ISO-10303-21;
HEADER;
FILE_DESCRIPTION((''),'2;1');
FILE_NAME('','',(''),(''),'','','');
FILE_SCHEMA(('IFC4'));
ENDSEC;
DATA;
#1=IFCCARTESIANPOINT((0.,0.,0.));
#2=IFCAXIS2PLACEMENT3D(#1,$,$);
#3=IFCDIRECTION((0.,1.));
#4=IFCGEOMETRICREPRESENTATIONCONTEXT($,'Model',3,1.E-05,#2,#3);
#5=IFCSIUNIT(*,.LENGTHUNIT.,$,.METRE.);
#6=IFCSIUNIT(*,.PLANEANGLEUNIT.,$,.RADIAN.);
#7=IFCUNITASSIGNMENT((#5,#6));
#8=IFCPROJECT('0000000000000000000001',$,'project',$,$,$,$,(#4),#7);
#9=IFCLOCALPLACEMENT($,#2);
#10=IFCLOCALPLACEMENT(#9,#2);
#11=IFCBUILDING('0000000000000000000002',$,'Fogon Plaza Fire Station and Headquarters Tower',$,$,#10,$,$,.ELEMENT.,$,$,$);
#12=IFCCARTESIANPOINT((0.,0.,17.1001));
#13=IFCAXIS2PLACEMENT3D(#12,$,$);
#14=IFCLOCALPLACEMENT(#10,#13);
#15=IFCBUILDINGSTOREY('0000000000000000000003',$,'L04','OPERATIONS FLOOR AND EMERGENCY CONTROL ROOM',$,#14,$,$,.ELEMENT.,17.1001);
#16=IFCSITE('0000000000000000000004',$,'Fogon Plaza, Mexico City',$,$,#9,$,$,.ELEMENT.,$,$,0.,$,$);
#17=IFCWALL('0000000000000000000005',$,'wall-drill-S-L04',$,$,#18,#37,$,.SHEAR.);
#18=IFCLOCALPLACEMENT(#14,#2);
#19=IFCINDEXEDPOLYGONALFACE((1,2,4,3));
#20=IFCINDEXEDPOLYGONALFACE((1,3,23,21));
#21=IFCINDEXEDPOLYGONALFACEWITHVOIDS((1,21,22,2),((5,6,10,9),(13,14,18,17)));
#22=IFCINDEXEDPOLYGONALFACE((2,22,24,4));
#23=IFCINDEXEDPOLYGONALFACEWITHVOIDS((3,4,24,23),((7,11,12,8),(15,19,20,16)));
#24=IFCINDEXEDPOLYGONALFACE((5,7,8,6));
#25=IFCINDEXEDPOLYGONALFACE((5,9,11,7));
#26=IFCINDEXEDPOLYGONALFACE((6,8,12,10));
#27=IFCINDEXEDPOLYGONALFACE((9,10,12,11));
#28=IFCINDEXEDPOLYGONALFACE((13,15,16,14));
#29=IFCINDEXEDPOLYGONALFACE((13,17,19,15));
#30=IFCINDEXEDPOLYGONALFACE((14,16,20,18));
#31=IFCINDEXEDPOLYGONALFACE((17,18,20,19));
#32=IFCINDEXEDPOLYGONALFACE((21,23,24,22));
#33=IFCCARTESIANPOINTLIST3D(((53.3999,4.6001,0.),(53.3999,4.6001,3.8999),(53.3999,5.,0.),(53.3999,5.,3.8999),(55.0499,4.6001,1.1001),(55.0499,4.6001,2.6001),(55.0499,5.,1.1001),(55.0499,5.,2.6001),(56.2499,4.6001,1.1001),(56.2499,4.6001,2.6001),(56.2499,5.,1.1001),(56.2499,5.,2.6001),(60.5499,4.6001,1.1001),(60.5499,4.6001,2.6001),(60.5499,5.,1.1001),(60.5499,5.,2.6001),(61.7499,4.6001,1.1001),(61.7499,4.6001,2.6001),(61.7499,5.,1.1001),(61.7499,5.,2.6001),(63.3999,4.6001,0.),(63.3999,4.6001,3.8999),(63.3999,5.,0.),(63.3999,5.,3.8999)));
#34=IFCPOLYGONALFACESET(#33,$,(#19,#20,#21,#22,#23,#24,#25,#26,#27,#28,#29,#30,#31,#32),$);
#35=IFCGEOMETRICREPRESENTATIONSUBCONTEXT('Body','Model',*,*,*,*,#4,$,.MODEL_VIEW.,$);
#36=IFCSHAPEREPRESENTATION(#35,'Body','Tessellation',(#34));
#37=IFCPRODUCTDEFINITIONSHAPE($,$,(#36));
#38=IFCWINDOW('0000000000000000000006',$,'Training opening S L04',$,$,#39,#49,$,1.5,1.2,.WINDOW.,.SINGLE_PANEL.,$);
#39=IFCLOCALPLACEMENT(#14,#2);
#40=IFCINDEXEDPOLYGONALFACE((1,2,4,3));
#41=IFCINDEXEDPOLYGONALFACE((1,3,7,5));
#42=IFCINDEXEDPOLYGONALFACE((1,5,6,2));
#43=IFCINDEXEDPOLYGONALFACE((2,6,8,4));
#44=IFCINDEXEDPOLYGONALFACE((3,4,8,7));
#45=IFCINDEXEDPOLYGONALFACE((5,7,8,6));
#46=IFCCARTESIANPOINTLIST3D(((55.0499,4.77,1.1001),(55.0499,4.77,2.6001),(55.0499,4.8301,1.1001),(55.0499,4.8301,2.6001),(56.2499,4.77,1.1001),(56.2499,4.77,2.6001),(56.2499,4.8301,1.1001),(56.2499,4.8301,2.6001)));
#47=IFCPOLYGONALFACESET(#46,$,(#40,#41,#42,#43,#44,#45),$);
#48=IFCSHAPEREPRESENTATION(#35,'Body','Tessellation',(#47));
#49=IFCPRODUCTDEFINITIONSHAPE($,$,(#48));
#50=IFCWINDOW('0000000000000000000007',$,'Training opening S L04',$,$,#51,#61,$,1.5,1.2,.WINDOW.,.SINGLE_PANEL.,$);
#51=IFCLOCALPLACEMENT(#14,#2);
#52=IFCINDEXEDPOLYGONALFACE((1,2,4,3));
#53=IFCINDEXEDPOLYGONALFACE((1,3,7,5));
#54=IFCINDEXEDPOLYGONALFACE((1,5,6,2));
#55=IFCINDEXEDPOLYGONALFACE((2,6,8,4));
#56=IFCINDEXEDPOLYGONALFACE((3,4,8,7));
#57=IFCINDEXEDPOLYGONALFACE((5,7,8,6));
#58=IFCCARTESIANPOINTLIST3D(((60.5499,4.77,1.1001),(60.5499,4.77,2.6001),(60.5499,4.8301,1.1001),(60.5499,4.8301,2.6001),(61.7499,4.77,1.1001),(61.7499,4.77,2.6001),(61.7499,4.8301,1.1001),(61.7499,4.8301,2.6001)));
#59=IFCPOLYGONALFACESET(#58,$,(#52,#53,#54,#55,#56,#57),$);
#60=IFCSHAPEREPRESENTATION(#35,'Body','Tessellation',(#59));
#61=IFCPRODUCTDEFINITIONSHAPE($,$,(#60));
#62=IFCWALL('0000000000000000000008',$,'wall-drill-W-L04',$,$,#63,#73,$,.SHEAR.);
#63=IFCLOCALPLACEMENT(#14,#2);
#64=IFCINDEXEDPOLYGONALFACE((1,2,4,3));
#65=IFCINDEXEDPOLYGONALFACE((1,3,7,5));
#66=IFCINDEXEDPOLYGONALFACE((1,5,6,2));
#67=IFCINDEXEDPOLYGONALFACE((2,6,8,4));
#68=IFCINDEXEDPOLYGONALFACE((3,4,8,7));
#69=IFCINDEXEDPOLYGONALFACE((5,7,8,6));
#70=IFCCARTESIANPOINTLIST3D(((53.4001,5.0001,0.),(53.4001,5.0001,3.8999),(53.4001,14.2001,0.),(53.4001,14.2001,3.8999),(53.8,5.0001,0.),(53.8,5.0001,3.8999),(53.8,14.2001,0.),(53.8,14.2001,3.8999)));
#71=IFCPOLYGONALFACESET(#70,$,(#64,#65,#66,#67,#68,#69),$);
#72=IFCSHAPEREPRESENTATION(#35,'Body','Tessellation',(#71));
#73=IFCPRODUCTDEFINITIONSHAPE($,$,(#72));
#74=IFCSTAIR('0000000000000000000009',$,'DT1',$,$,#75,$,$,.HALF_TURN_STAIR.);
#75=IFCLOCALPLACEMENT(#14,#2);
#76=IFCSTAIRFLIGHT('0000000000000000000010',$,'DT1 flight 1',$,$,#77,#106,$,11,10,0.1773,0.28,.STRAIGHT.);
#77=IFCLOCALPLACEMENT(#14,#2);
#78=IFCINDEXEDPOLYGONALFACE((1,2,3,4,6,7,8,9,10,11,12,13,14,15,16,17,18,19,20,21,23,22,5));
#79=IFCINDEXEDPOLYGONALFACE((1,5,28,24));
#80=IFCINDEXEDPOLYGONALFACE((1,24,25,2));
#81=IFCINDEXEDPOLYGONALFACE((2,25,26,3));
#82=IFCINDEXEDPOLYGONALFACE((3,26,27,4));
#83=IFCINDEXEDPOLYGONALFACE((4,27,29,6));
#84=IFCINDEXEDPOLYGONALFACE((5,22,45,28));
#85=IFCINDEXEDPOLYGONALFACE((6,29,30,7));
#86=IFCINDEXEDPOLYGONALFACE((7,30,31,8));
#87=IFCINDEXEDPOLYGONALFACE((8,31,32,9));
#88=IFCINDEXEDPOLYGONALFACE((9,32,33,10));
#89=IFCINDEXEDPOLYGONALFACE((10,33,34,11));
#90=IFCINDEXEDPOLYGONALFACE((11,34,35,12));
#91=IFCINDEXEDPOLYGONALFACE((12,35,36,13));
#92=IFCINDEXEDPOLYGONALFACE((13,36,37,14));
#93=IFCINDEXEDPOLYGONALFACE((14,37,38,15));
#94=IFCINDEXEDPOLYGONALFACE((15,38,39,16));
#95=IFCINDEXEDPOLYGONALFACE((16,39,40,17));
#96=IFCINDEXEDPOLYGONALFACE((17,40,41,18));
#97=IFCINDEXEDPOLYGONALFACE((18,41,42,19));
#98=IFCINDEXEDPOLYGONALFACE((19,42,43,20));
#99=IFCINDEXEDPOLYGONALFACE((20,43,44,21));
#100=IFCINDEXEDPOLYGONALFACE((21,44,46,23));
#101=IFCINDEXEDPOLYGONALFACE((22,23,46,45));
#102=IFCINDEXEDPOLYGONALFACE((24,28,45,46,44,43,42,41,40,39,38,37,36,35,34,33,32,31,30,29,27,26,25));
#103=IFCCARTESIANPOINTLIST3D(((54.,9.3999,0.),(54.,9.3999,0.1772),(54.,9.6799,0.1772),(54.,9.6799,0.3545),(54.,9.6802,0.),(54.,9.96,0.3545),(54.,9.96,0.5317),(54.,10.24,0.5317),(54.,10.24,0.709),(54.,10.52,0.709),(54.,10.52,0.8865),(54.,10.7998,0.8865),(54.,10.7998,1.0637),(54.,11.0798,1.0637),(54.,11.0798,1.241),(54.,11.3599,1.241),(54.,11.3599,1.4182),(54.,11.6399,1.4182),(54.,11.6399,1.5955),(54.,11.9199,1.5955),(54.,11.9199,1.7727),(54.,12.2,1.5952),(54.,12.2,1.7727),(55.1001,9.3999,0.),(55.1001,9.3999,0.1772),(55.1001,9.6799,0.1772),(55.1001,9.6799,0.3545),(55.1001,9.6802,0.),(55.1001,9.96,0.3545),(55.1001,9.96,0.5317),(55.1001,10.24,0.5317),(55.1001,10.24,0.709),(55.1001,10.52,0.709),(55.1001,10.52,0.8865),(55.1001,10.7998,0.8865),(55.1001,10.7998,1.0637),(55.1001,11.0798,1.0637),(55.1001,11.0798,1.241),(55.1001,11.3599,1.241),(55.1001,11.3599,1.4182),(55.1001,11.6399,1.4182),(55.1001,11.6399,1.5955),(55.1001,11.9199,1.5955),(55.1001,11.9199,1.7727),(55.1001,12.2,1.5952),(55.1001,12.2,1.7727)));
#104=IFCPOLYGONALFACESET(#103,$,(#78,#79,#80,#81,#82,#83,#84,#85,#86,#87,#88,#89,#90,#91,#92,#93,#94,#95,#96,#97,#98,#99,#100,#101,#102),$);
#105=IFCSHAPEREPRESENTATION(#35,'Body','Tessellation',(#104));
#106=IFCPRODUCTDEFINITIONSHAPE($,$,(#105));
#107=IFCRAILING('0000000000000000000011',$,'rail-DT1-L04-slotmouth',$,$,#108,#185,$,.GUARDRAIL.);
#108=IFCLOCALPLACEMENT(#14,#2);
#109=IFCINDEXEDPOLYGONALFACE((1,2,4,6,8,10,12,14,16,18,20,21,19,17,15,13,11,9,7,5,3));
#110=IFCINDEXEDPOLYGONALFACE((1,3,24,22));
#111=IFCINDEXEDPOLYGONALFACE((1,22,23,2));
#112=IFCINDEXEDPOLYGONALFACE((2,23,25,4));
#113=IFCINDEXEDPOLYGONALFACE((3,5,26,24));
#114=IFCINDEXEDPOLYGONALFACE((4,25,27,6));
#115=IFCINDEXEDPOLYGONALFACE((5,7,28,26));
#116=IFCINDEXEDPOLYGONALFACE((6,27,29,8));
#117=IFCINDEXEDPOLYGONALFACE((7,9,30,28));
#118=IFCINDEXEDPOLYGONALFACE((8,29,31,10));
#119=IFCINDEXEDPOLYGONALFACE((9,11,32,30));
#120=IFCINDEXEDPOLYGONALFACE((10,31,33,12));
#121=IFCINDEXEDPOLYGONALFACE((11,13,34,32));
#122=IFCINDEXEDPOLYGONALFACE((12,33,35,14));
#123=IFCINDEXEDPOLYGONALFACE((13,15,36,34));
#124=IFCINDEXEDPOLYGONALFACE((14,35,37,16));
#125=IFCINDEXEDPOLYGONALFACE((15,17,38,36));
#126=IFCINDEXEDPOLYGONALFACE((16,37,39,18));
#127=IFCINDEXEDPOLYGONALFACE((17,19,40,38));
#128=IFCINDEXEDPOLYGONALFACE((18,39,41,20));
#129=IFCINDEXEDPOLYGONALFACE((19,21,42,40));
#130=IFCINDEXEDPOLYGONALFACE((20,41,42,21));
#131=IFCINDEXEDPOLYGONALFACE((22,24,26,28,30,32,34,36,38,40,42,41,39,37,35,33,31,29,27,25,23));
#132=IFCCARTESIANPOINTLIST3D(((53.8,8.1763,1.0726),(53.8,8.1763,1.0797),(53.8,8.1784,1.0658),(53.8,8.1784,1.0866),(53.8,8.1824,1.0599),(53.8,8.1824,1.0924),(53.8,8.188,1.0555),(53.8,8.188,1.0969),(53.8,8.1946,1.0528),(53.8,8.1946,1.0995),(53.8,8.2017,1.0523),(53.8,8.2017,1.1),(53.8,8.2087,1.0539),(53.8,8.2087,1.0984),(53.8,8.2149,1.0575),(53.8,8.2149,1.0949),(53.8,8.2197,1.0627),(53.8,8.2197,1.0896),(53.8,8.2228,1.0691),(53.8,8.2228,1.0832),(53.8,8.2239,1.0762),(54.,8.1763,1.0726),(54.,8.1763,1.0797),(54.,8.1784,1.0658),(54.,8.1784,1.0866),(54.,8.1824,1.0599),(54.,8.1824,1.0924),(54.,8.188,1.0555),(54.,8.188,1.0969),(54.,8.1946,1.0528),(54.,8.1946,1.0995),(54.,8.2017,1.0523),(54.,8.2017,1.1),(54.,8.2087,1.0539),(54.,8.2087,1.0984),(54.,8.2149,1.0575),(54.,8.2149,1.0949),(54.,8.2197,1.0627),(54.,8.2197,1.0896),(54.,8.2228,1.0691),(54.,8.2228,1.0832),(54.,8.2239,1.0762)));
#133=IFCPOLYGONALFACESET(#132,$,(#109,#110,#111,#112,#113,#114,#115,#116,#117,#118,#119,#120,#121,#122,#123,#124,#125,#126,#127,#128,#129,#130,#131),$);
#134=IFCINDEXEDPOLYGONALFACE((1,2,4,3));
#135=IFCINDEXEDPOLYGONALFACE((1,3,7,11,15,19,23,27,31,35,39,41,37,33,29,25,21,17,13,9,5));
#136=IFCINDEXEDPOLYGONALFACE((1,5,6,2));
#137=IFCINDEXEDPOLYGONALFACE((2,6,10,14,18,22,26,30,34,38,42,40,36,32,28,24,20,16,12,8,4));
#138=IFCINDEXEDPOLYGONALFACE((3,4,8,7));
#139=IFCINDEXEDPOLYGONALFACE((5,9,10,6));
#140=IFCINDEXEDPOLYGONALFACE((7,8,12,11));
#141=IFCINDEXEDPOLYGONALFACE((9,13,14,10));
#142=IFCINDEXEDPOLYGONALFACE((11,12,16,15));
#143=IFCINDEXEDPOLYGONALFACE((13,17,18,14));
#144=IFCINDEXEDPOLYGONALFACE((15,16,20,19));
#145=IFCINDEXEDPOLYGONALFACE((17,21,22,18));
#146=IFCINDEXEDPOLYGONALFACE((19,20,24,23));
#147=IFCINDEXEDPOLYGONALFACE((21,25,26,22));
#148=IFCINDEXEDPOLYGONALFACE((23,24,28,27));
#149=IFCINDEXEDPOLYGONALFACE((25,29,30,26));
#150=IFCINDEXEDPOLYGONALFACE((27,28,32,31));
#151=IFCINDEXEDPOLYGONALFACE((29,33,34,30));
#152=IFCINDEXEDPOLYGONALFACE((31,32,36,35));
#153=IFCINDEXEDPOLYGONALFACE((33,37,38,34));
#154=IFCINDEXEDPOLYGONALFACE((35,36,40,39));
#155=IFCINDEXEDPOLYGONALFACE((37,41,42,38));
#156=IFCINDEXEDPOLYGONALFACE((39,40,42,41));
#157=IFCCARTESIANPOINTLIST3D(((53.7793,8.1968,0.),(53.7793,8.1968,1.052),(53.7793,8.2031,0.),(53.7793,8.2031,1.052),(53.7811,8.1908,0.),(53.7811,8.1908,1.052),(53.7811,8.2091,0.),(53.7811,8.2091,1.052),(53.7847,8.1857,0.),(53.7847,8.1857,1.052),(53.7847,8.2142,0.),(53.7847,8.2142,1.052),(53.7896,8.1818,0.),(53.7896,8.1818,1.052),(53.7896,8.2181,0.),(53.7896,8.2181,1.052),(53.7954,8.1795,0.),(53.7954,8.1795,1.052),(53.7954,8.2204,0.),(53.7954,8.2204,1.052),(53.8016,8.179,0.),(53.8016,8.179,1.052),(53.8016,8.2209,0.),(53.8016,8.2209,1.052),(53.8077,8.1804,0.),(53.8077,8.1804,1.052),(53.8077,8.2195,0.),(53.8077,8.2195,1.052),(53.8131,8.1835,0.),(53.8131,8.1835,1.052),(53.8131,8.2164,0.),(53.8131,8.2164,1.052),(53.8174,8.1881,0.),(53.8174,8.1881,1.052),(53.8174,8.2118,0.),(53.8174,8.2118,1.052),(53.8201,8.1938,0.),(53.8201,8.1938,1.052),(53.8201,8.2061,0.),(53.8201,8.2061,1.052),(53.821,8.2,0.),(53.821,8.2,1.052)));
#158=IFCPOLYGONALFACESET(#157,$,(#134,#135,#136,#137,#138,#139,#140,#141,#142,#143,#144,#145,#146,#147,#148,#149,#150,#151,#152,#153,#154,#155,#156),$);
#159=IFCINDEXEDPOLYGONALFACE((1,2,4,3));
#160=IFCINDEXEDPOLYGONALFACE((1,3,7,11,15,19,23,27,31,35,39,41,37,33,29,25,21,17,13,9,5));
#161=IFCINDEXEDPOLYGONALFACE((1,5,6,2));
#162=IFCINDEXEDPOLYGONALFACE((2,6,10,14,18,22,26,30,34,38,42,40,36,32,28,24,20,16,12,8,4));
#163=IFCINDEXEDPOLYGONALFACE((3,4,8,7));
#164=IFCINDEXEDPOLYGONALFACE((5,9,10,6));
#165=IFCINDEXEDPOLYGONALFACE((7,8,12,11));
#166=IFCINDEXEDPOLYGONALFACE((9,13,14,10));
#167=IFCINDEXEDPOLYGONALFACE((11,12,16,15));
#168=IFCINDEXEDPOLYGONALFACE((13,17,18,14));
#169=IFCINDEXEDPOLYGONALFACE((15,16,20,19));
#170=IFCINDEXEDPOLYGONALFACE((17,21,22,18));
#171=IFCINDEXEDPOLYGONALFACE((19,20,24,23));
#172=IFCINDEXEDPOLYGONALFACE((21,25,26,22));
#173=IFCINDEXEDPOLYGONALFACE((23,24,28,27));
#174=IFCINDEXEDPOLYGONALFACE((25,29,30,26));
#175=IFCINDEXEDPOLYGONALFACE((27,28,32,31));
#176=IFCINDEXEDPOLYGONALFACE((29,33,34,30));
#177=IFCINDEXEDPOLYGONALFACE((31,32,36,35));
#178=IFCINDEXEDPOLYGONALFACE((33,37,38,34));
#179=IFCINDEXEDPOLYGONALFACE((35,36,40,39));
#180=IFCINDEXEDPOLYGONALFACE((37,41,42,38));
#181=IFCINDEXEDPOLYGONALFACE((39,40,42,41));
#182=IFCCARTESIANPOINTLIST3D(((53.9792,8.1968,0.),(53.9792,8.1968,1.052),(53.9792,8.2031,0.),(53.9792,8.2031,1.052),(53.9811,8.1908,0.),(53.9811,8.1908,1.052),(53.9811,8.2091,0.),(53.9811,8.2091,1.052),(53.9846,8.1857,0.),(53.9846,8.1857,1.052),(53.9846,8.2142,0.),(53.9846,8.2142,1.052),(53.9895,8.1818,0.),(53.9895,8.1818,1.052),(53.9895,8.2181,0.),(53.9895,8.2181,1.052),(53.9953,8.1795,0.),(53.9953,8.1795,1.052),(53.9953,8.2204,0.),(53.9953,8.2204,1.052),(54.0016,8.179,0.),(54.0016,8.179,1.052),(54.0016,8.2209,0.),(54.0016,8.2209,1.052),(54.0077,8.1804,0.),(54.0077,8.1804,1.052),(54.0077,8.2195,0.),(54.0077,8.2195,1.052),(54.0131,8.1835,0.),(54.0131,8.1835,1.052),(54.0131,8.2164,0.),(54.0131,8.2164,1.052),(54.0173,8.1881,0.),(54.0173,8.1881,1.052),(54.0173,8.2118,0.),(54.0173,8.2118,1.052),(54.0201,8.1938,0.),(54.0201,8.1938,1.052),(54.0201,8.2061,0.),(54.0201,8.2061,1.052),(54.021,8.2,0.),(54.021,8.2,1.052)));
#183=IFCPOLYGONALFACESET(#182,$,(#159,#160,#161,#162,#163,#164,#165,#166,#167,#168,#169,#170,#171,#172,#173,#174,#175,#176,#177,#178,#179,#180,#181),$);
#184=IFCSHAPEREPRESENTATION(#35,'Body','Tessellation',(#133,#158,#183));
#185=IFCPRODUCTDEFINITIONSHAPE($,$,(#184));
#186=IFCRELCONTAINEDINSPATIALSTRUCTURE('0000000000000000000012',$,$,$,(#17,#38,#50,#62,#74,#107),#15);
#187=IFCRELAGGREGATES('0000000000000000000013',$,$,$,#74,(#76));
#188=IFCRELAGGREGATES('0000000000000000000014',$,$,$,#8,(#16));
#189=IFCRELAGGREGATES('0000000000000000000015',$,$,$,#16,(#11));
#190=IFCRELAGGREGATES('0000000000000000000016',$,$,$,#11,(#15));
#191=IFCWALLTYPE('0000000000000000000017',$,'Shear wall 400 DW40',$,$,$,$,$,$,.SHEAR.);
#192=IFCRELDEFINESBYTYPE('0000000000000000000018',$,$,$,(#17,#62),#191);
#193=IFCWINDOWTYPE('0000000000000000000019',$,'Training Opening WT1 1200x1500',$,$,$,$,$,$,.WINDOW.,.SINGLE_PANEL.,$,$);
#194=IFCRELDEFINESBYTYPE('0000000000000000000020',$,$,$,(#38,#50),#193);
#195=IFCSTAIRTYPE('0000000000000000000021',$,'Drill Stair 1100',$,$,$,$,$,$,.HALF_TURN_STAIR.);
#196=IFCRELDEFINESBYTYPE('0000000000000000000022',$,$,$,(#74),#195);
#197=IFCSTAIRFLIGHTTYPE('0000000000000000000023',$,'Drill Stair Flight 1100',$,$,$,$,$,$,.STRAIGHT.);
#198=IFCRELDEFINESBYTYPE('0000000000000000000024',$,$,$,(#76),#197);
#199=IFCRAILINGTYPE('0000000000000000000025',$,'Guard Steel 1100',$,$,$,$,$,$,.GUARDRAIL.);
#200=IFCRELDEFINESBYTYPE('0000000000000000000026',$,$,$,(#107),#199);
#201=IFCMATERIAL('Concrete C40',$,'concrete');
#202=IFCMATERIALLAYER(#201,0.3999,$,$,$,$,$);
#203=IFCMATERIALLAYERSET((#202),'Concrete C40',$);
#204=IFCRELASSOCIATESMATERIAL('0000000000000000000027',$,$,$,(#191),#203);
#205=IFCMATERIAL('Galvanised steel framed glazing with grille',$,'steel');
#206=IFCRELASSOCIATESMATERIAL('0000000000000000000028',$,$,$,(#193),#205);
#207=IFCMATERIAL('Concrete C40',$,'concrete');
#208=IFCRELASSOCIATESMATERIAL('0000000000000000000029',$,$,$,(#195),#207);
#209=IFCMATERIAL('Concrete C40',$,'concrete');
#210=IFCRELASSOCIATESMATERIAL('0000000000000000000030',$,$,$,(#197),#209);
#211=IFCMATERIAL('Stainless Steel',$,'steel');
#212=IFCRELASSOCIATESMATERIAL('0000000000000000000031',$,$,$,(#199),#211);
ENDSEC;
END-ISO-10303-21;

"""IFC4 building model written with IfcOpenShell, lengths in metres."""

from ifc_helpers import new_model, si_unit, direction, frame, frame_2d, origin, origin_2d, place, context, subcontext, project, spatial, polyline, rectangle, circle, outline, extrude, material, layer, layer_set, type_object, element, fill, aggregate, save


model = new_model("IFC4")

# Units and contexts
model_context = context("Model", 3, precision=1e-05, world=origin(), true_north=direction((0.0, 1.0)))
body_context = subcontext(model_context, "Body", "Model", "MODEL_VIEW")
ifc_project = project(units=[si_unit("LENGTHUNIT", "METRE"), si_unit("PLANEANGLEUNIT", "RADIAN")], contexts=[model_context])

# Site, building, storey
site_placement = place(None, origin())
site = spatial("IfcSite", under=ifc_project, at=site_placement, Name="Fogon Plaza, Mexico City", CompositionType="ELEMENT", RefElevation=0.0)
building_placement = place(site_placement, origin())
building = spatial("IfcBuilding", under=site, at=building_placement, Name="Fogon Plaza Fire Station and Headquarters Tower", CompositionType="ELEMENT")
storey_placement = place(building_placement, frame((0.0, 0.0, 17.1001)))
storey = spatial("IfcBuildingStorey", under=building, at=storey_placement, Name="L04", Description="OPERATIONS FLOOR AND EMERGENCY CONTROL ROOM", CompositionType="ELEMENT", Elevation=17.1001)

# Shared definitions
ifc_material_1 = material(Name="Concrete C40", Category="concrete")
ifc_layer_1 = layer(ifc_material_1, 0.3999)
ifc_layer_set_1 = layer_set([ifc_layer_1], Name="Concrete C40")
wall_type = type_object("IfcWallType", Name="Shear wall 400 DW40", PredefinedType="SHEAR", material=ifc_layer_set_1)
ifc_material_2 = material(Name="Galvanised steel framed glazing with grille", Category="steel")
window_type = type_object("IfcWindowType", Name="Training Opening WT1 1200x1500", PartitioningType="SINGLE_PANEL", PredefinedType="WINDOW", material=ifc_material_2)

# Wall, openings, windows
wall_1_placement = place(storey_placement, frame((53.3999, 4.8, 0.0), z_axis=(0.0, 0.0, 1.0), x_axis=(1.0, 0.0, 0.0)))
wall_1 = element("IfcWall", 1, at=wall_1_placement, inside=storey, type_object=wall_type, Name="wall-drill-S-L04", PredefinedType="SHEAR", context=body_context, shape_type="SweptSolid", body=[
    extrude(rectangle(XDim=10.0, YDim=0.3999, at=frame_2d((5.0, 0.0))), origin(), (0.0, 0.0, 1.0), 3.8999),
])
opening_1_placement = place(wall_1_placement, frame((1.6499, 0.0, 1.1001)))
opening_1 = element("IfcOpeningElement", 2, at=opening_1_placement, cuts=wall_1, PredefinedType="OPENING", context=body_context, shape_type="SweptSolid", body=[
    extrude(rectangle(XDim=1.2, YDim=1.5, at=frame_2d((0.6001, 0.75))), frame((0.0, 0.21, 0.0), z_axis=(0.0, -1.0, 0.0), x_axis=(1.0, 0.0, 0.0)), (0.0, 0.0, 1.0), 0.4199),
])
opening_2_placement = place(wall_1_placement, frame((7.1499, 0.0, 1.1001)))
opening_2 = element("IfcOpeningElement", 3, at=opening_2_placement, cuts=wall_1, PredefinedType="OPENING", context=body_context, shape_type="SweptSolid", body=[
    extrude(rectangle(XDim=1.2, YDim=1.5, at=frame_2d((0.6001, 0.75))), frame((0.0, 0.21, 0.0), z_axis=(0.0, -1.0, 0.0), x_axis=(1.0, 0.0, 0.0)), (0.0, 0.0, 1.0), 0.4199),
])
window_1_placement = place(opening_1_placement, origin())
window_1 = element("IfcWindow", 4, at=window_1_placement, inside=storey, type_object=window_type, Name="Training opening S L04", OverallHeight=1.5, OverallWidth=1.2, PartitioningType="SINGLE_PANEL", PredefinedType="WINDOW", context=body_context, shape_type="SweptSolid", body=[
    extrude(rectangle(XDim=1.2, YDim=1.5, at=frame_2d((0.6001, 0.75))), frame((0.0, 0.03, 0.0), z_axis=(0.0, -1.0, 0.0), x_axis=(1.0, 0.0, 0.0)), (0.0, 0.0, 1.0), 0.0601),
])
fill(opening_1, window_1)
window_2_placement = place(opening_2_placement, origin())
window_2 = element("IfcWindow", 5, at=window_2_placement, inside=storey, type_object=window_type, Name="Training opening S L04", OverallHeight=1.5, OverallWidth=1.2, PartitioningType="SINGLE_PANEL", PredefinedType="WINDOW", context=body_context, shape_type="SweptSolid", body=[
    extrude(rectangle(XDim=1.2, YDim=1.5, at=frame_2d((0.6001, 0.75))), frame((0.0, 0.03, 0.0), z_axis=(0.0, -1.0, 0.0), x_axis=(1.0, 0.0, 0.0)), (0.0, 0.0, 1.0), 0.0601),
])
fill(opening_2, window_2)

# Wall
wall_2_placement = place(storey_placement, frame((53.6001, 5.0, 0.0), z_axis=(0.0, 0.0, 1.0), x_axis=(0.0, 1.0, 0.0)))
element("IfcWall", 6, at=wall_2_placement, inside=storey, type_object=wall_type, Name="wall-drill-W-L04", PredefinedType="SHEAR", context=body_context, shape_type="SweptSolid", body=[
    extrude(rectangle(XDim=9.2, YDim=0.3999, at=frame_2d((4.6001, 0.0))), origin(), (0.0, 0.0, 1.0), 3.8999),
])

# Stair, stair flight
ifc_material_3 = material(Name="Concrete C40", Category="concrete")
stair_type = type_object("IfcStairType", Name="Drill Stair 1100", PredefinedType="HALF_TURN_STAIR", material=ifc_material_3)
stair_placement = place(storey_placement, origin())
stair = element("IfcStair", 7, at=stair_placement, inside=storey, type_object=stair_type, Name="DT1", PredefinedType="HALF_TURN_STAIR")
ifc_material_4 = material(Name="Concrete C40", Category="concrete")
stair_flight_type = type_object("IfcStairFlightType", Name="Drill Stair Flight 1100", PredefinedType="STRAIGHT", material=ifc_material_4)
stair_flight_placement = place(storey_placement, frame((54.55, 9.3999, 0.0), z_axis=(0.0, 0.0, 1.0), x_axis=(0.0, 1.0, 0.0)))
stair_flight = element("IfcStairFlight", 8, at=stair_flight_placement, type_object=stair_flight_type, Name="DT1 flight 1", NumberOfRisers=11, NumberOfTreads=10, PredefinedType="STRAIGHT", RiserHeight=0.1773, TreadLength=0.28, context=body_context, shape_type="SweptSolid", body=[
    extrude(outline(polyline([(0.0, 0.0), (0.0, 0.1772), (0.28, 0.1772), (0.28, 0.3545), (0.5601, 0.3545), (0.5601, 0.5317), (0.8401, 0.5317), (0.8401, 0.709), (1.1201, 0.709), (1.1201, 0.8865), (1.3999, 0.8865), (1.3999, 1.0637), (1.6799, 1.0637), (1.6799, 1.241), (1.96, 1.241), (1.96, 1.4182), (2.24, 1.4182), (2.24, 1.5955), (2.52, 1.5955), (2.52, 1.7727), (2.8, 1.7727), (2.8, 1.95), (2.8, 1.5952), (0.2803, 0.0), (0.0, 0.0)])), frame((0.0, 0.55, 0.0), z_axis=(0.0, -1.0, 0.0), x_axis=(1.0, 0.0, 0.0)), (0.0, 0.0, 1.0), 1.1001),
])
aggregate(stair, [stair_flight])

# Railing
ifc_material_5 = material(Name="Stainless Steel", Category="steel")
railing_type_1 = type_object("IfcRailingType", Name="Guard Steel 1100", PredefinedType="GUARDRAIL", material=ifc_material_5)
for number, where, name in (
    (9, (53.8, 8.2, 0.0), "rail-DT1-L04-slotmouth"),
):
    element("IfcRailing", number, at=place(storey_placement, frame(where)), inside=storey, type_object=railing_type_1, Name=name, PredefinedType="GUARDRAIL", context=body_context, shape_type="SweptSolid", body=[
        extrude(circle(Radius=0.0239, at=origin_2d()), frame((0.0, 0.0, 1.0762), z_axis=(1.0, 0.0, 0.0), x_axis=(0.0, 1.0, 0.0)), (0.0, 0.0, 1.0), 0.2),
        extrude(circle(Radius=0.021, at=origin_2d()), origin(), (0.0, 0.0, 1.0), 1.052),
        extrude(circle(Radius=0.021, at=origin_2d()), frame((0.2, 0.0, 0.0)), (0.0, 0.0, 1.0), 1.052),
    ])

save(model, "model.ifc")
